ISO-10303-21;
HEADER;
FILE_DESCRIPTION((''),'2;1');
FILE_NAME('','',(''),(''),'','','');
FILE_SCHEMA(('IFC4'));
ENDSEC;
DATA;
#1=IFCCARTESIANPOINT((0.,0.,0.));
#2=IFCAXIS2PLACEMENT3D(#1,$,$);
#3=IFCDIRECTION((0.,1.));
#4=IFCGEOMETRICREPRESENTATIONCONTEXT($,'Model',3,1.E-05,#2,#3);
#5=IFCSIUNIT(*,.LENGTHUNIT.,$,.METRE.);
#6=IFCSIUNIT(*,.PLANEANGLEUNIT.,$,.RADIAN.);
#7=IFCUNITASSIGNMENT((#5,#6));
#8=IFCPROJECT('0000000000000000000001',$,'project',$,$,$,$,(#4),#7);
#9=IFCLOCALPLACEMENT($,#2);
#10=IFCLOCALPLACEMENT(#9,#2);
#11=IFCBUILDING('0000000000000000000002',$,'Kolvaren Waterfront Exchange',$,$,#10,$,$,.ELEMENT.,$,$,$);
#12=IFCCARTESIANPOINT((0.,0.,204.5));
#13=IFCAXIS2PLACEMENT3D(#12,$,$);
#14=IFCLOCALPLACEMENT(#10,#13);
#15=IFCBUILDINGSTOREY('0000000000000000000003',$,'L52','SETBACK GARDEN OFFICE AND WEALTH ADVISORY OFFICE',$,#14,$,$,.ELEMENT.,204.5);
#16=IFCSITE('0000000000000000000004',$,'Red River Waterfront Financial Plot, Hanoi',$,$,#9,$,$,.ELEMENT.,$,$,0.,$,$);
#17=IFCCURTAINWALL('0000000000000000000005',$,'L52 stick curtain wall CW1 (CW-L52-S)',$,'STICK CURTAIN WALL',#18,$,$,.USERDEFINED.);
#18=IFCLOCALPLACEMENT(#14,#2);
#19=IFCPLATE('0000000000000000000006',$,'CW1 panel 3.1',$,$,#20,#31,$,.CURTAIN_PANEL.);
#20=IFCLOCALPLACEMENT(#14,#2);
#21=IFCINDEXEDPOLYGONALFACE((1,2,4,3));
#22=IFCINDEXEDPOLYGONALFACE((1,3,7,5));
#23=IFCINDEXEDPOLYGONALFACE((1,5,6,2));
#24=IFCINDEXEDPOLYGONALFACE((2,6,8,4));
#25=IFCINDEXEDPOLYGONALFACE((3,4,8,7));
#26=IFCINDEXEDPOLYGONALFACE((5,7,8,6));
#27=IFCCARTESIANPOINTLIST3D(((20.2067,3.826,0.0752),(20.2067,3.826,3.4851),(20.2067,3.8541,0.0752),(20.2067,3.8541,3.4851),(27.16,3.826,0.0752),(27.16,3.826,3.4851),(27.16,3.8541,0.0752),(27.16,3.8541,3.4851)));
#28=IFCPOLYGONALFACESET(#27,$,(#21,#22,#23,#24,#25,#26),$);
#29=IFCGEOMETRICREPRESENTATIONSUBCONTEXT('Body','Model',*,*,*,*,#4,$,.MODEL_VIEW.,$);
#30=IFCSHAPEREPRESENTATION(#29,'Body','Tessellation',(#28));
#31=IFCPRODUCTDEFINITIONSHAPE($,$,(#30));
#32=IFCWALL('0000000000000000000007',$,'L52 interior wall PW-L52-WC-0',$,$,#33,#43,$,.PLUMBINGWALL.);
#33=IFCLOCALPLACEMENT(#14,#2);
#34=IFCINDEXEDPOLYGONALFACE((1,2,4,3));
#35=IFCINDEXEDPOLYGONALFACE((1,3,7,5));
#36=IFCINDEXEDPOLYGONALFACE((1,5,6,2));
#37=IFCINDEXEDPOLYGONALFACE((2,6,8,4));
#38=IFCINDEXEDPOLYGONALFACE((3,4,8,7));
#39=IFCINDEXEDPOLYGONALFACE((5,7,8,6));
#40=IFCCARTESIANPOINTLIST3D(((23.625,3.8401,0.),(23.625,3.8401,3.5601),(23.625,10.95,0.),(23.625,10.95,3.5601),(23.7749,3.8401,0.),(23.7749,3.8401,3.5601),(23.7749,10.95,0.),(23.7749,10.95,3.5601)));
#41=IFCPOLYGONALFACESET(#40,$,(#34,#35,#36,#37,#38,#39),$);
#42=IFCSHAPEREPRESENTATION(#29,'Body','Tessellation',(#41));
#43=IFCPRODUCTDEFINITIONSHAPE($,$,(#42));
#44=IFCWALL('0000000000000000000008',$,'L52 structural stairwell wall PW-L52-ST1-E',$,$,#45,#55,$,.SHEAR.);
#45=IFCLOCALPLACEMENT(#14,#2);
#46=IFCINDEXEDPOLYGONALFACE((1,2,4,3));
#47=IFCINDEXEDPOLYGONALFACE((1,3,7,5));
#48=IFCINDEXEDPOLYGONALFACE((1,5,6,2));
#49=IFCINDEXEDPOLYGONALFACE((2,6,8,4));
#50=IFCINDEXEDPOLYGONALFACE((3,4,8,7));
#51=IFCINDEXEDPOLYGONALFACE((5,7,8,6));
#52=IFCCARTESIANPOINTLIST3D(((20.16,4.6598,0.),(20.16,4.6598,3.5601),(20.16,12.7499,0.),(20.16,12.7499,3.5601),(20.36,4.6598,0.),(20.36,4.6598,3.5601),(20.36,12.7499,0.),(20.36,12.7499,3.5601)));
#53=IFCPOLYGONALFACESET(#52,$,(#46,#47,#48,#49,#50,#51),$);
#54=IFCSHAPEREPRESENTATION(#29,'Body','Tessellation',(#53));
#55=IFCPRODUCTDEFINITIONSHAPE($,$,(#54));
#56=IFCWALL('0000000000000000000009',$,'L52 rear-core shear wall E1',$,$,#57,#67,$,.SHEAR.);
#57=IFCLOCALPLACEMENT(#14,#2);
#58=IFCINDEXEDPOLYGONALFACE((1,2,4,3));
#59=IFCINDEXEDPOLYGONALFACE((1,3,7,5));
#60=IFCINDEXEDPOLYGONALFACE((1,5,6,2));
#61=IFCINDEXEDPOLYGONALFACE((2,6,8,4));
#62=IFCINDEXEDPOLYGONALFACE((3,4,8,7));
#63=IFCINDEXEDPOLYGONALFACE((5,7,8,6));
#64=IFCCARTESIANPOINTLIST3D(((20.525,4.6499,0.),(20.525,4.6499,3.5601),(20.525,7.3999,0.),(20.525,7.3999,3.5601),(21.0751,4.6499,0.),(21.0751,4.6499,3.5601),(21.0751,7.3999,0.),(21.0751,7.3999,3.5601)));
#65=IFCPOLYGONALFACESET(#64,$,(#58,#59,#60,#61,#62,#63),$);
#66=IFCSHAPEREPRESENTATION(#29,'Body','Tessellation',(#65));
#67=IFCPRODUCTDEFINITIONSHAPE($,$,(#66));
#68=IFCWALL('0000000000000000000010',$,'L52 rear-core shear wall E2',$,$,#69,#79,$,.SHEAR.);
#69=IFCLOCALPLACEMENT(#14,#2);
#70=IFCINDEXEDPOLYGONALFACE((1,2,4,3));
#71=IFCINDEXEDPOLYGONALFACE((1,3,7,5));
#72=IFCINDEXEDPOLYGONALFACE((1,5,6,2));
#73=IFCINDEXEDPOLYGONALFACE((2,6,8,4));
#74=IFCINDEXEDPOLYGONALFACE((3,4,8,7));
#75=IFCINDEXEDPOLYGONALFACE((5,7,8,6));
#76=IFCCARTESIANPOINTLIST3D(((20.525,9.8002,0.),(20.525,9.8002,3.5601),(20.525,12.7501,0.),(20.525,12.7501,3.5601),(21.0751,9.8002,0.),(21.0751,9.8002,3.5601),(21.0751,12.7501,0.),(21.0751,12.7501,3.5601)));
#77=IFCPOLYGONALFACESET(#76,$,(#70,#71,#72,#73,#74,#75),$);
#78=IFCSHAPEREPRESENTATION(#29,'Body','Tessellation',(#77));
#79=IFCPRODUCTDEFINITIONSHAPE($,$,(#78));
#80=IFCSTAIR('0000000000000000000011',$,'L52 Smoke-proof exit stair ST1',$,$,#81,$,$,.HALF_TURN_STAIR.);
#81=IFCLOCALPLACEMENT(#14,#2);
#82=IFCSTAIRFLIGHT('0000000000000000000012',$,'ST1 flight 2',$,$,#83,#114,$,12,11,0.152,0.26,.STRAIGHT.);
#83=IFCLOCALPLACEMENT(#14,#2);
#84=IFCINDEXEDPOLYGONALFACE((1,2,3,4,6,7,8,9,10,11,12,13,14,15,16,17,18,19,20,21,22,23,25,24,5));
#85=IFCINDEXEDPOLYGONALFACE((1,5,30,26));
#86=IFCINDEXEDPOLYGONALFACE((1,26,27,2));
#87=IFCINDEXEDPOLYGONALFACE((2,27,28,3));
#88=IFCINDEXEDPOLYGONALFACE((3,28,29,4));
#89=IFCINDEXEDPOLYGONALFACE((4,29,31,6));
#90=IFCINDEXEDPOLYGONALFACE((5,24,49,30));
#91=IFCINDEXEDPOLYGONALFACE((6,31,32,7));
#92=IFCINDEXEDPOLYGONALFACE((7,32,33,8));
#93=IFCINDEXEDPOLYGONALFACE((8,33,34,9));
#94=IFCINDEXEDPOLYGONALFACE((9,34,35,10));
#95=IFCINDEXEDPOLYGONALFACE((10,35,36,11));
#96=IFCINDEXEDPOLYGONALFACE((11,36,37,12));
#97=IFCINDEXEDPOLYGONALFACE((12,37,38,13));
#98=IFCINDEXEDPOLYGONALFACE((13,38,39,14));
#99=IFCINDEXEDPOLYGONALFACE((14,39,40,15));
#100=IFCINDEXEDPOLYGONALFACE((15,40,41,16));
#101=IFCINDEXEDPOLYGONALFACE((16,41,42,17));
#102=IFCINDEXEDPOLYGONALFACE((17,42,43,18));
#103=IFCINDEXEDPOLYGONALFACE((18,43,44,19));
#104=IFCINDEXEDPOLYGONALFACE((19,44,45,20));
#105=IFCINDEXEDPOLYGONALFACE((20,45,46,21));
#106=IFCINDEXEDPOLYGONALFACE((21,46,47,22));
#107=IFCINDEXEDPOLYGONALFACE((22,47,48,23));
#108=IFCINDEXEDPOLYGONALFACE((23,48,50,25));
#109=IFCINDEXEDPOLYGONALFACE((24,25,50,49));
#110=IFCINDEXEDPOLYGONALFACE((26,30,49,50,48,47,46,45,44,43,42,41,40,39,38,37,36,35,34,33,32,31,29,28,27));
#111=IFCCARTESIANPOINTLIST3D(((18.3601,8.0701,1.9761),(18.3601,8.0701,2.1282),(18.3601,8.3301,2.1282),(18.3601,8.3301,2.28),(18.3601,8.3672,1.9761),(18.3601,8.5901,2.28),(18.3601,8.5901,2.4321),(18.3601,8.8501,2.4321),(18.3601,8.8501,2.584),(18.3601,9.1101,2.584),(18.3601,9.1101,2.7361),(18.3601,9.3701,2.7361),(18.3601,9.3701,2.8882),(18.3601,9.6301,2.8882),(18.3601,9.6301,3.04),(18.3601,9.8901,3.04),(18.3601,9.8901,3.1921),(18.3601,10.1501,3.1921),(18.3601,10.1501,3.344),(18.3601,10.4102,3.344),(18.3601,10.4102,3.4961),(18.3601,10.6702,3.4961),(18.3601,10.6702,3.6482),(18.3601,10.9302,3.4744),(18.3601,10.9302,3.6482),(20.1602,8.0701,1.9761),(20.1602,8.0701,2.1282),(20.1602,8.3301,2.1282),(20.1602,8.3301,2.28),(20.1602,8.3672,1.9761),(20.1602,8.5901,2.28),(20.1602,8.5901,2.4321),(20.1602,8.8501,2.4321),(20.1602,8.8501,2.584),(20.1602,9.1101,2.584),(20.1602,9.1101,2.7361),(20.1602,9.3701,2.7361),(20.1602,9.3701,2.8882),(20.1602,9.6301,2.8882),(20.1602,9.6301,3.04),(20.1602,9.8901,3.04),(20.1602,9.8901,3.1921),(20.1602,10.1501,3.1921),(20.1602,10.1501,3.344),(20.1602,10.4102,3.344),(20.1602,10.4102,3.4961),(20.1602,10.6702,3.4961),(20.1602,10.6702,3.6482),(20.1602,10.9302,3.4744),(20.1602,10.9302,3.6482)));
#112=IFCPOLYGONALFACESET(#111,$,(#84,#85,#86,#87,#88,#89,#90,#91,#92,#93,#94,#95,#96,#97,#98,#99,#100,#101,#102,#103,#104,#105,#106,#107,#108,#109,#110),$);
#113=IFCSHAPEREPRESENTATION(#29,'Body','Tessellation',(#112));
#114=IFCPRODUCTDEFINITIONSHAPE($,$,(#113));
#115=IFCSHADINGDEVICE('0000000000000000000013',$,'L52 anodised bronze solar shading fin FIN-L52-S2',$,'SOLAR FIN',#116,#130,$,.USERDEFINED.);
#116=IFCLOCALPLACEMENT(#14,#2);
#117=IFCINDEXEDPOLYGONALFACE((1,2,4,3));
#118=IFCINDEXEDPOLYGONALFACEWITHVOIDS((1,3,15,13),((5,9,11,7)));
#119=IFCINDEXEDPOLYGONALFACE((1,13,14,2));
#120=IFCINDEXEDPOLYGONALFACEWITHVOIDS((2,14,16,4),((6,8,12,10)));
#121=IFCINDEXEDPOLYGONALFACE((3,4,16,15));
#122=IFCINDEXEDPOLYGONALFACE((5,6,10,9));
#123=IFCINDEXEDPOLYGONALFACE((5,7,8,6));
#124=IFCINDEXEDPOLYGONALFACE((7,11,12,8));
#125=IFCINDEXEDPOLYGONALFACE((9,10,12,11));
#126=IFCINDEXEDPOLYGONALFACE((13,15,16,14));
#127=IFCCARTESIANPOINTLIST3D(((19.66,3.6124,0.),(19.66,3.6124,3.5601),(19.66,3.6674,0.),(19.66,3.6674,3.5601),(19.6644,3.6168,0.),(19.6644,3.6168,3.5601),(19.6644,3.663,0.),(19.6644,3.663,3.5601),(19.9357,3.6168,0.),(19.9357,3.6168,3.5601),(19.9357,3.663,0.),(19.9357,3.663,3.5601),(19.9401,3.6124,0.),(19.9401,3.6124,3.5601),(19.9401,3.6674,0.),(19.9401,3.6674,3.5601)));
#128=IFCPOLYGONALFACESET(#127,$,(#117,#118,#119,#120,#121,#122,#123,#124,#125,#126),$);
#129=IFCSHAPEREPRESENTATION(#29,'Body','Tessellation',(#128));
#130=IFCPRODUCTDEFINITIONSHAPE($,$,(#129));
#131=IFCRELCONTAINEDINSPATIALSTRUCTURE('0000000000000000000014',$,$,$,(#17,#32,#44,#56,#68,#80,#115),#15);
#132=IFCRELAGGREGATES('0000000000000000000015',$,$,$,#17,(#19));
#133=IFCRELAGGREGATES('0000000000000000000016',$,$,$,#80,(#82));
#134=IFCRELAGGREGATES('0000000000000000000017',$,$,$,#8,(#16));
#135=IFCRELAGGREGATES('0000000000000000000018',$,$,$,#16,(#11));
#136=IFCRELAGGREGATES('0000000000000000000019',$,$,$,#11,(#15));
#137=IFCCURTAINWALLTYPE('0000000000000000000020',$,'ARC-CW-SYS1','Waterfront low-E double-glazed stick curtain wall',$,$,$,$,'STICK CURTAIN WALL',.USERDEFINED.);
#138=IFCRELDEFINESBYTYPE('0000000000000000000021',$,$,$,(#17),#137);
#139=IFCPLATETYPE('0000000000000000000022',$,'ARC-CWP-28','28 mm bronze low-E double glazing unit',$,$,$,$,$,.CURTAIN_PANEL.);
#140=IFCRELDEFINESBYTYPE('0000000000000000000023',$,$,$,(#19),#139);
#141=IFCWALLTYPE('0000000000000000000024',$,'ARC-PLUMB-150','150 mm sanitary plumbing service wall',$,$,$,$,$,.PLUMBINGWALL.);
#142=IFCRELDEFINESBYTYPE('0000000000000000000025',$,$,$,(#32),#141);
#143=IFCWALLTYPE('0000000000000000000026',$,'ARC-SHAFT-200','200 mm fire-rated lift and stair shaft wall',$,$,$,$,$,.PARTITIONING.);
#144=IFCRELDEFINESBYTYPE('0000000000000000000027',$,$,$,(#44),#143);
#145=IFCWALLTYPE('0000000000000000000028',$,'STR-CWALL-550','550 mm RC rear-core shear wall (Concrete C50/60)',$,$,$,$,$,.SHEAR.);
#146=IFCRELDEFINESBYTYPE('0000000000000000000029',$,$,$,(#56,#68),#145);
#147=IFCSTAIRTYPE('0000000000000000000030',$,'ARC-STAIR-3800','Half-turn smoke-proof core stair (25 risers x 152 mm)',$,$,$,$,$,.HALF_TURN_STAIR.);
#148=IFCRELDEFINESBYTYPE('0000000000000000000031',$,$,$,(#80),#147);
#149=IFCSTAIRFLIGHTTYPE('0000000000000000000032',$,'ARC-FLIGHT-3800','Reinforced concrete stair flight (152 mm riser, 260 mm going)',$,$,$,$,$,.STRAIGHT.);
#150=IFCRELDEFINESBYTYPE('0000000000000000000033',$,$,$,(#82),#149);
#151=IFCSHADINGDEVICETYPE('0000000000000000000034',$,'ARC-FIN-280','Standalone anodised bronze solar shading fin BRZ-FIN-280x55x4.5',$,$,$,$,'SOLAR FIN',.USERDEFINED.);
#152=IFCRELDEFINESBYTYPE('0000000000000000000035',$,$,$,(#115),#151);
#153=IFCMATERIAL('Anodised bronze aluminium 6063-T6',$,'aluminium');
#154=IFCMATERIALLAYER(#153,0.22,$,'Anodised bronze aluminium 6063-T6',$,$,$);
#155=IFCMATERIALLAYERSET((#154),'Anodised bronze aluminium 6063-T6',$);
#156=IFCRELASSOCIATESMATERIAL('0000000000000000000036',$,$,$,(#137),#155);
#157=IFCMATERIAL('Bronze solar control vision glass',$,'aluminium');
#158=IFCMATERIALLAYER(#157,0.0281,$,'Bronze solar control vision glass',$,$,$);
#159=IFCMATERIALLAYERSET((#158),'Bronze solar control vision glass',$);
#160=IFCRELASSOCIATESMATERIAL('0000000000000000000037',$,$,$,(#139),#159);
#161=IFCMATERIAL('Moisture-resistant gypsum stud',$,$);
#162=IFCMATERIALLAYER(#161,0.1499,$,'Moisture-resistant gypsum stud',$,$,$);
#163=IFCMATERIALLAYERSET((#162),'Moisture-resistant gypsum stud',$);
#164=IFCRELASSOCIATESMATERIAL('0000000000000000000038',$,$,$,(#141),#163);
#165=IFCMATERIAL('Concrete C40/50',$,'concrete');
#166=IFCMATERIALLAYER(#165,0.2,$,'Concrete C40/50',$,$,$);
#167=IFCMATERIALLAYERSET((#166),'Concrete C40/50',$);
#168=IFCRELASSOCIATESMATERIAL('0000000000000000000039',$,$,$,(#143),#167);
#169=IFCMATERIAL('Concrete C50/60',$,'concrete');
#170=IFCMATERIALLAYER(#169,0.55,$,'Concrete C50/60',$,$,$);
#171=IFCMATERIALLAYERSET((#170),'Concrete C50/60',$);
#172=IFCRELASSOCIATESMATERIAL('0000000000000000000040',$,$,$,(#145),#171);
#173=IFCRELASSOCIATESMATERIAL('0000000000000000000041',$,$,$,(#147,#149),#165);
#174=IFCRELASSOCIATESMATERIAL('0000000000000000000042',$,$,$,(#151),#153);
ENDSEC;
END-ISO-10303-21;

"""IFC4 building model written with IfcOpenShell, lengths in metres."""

from ifc_helpers import new_model, si_unit, direction, frame, frame_2d, origin, origin_with_axes, origin_2d, place, context, subcontext, project, spatial, polyline, rectangle, hollow_rectangle, outline, extrude, source, transform, mapped, material, layer, layer_set, material_profile, profile_set, type_object, element, aggregate, save


model = new_model("IFC4")

# Units and contexts
model_context = context("Model", 3, precision=1e-05, world=origin(), true_north=direction((0.0, 1.0)))
body_context = subcontext(model_context, "Body", "Model", "MODEL_VIEW")
ifc_project = project(units=[si_unit("LENGTHUNIT", "METRE"), si_unit("PLANEANGLEUNIT", "RADIAN")], contexts=[model_context])

# Site, building, storey
site_placement = place(None, origin())
site = spatial("IfcSite", under=ifc_project, at=site_placement, Name="Red River Waterfront Financial Plot, Hanoi", CompositionType="ELEMENT", RefElevation=0.0)
building_placement = place(site_placement, origin())
building = spatial("IfcBuilding", under=site, at=building_placement, Name="Kolvaren Waterfront Exchange", CompositionType="ELEMENT")
storey_placement = place(building_placement, frame((0.0, 0.0, 204.5)))
storey = spatial("IfcBuildingStorey", under=building, at=storey_placement, Name="L52", Description="SETBACK GARDEN OFFICE AND WEALTH ADVISORY OFFICE", CompositionType="ELEMENT", Elevation=204.5)

# Shared definitions
ifc_material_1 = material(Name="Concrete C50/60", Category="concrete")

# Curtain wall, plate
ifc_material_2 = material(Name="Anodised bronze aluminium 6063-T6", Category="aluminium")
ifc_layer_1 = layer(ifc_material_2, 0.22, Name="Anodised bronze aluminium 6063-T6")
ifc_layer_set_1 = layer_set([ifc_layer_1], Name="Anodised bronze aluminium 6063-T6")
curtain_wall_type = type_object("IfcCurtainWallType", Name="ARC-CW-SYS1", Description="Waterfront low-E double-glazed stick curtain wall", ElementType="STICK CURTAIN WALL", PredefinedType="USERDEFINED", material=ifc_layer_set_1)
curtain_wall_placement = place(storey_placement, origin())
curtain_wall = element("IfcCurtainWall", 1, at=curtain_wall_placement, inside=storey, type_object=curtain_wall_type, Name="L52 stick curtain wall CW1 (CW-L52-S)", ObjectType="STICK CURTAIN WALL", PredefinedType="USERDEFINED")
ifc_material_3 = material(Name="Bronze solar control vision glass", Category="aluminium")
ifc_layer_2 = layer(ifc_material_3, 0.0281, Name="Bronze solar control vision glass")
ifc_layer_set_2 = layer_set([ifc_layer_2], Name="Bronze solar control vision glass")
plate_type = type_object("IfcPlateType", Name="ARC-CWP-28", Description="28 mm bronze low-E double glazing unit", PredefinedType="CURTAIN_PANEL", material=ifc_layer_set_2)
shared_shape_1 = source(origin_with_axes(), body_context, "Body", "SweptSolid", [
    extrude(rectangle(XDim=6.9534, YDim=0.0281, at=origin_2d()), origin(), (0.0, 0.0, 1.0), 3.4099),
])
plate_placement = place(storey_placement, frame((23.6833, 3.8401, 0.0752), z_axis=(0.0, 0.0, 1.0), x_axis=(1.0, 0.0, 0.0)))
plate = element("IfcPlate", 2, at=plate_placement, type_object=plate_type, Name="CW1 panel 3.1", PredefinedType="CURTAIN_PANEL", context=body_context, shape_type="MappedRepresentation", body=[
    mapped(shared_shape_1, transform((0.0, 0.0, 0.0), x_axis=(1.0, 0.0, 0.0), y_axis=(0.0, 1.0, 0.0), z_axis=(0.0, 0.0, 1.0), scale=1.0)),
])
aggregate(curtain_wall, [plate])

# Wall
ifc_material_4 = material(Name="Moisture-resistant gypsum stud")
ifc_layer_3 = layer(ifc_material_4, 0.1499, Name="Moisture-resistant gypsum stud")
ifc_layer_set_3 = layer_set([ifc_layer_3], Name="Moisture-resistant gypsum stud")
wall_type_1 = type_object("IfcWallType", Name="ARC-PLUMB-150", Description="150 mm sanitary plumbing service wall", PredefinedType="PLUMBINGWALL", material=ifc_layer_set_3)
wall_1_placement = place(storey_placement, frame((23.7, 3.8401, 0.0), z_axis=(0.0, 0.0, 1.0), x_axis=(0.0, 1.0, 0.0)))
element("IfcWall", 3, at=wall_1_placement, inside=storey, type_object=wall_type_1, Name="L52 interior wall PW-L52-WC-0", PredefinedType="PLUMBINGWALL", context=body_context, shape_type="SweptSolid", body=[
    extrude(rectangle(XDim=7.1099, YDim=0.1499, at=frame_2d((3.5549, 0.0))), origin(), (0.0, 0.0, 1.0), 3.5601),
])

# Walls
ifc_material_5 = material(Name="Concrete C40/50", Category="concrete")
ifc_layer_4 = layer(ifc_material_5, 0.2, Name="Concrete C40/50")
ifc_layer_set_4 = layer_set([ifc_layer_4], Name="Concrete C40/50")
wall_type_2 = type_object("IfcWallType", Name="ARC-SHAFT-200", Description="200 mm fire-rated lift and stair shaft wall", PredefinedType="PARTITIONING", material=ifc_layer_set_4)
wall_2_placement = place(storey_placement, frame((20.26, 4.6599, 0.0), z_axis=(0.0, 0.0, 1.0), x_axis=(0.0, 1.0, 0.0)))
element("IfcWall", 4, at=wall_2_placement, inside=storey, type_object=wall_type_2, Name="L52 structural stairwell wall PW-L52-ST1-E", PredefinedType="SHEAR", context=body_context, shape_type="SweptSolid", body=[
    extrude(rectangle(XDim=8.0901, YDim=0.2, at=frame_2d((4.0449, 0.0))), origin(), (0.0, 0.0, 1.0), 3.5601),
])
ifc_layer_5 = layer(ifc_material_1, 0.55, Name="Concrete C50/60")
ifc_layer_set_5 = layer_set([ifc_layer_5], Name="Concrete C50/60")
wall_type_3 = type_object("IfcWallType", Name="STR-CWALL-550", Description="550 mm RC rear-core shear wall (Concrete C50/60)", PredefinedType="SHEAR", material=ifc_layer_set_5)
wall_3_placement = place(storey_placement, frame((20.8, 4.6499, 0.0), z_axis=(0.0, 0.0, 1.0), x_axis=(0.0, 1.0, 0.0)))
element("IfcWall", 5, at=wall_3_placement, inside=storey, type_object=wall_type_3, Name="L52 rear-core shear wall E1", PredefinedType="SHEAR", context=body_context, shape_type="SweptSolid", body=[
    extrude(rectangle(XDim=2.75, YDim=0.55, at=frame_2d((1.375, 0.0))), origin(), (0.0, 0.0, 1.0), 3.5601),
])
wall_4_placement = place(storey_placement, frame((20.8, 9.8, 0.0), z_axis=(0.0, 0.0, 1.0), x_axis=(0.0, 1.0, 0.0)))
element("IfcWall", 6, at=wall_4_placement, inside=storey, type_object=wall_type_3, Name="L52 rear-core shear wall E2", PredefinedType="SHEAR", context=body_context, shape_type="SweptSolid", body=[
    extrude(rectangle(XDim=2.95, YDim=0.55, at=frame_2d((1.4751, 0.0))), origin(), (0.0, 0.0, 1.0), 3.5601),
])

# Stair, stair flight
stair_type = type_object("IfcStairType", Name="ARC-STAIR-3800", Description="Half-turn smoke-proof core stair (25 risers x 152 mm)", PredefinedType="HALF_TURN_STAIR", material=ifc_material_5)
stair_placement = place(storey_placement, origin())
stair = element("IfcStair", 7, at=stair_placement, inside=storey, type_object=stair_type, Name="L52 Smoke-proof exit stair ST1", PredefinedType="HALF_TURN_STAIR")
stair_flight_type = type_object("IfcStairFlightType", Name="ARC-FLIGHT-3800", Description="Reinforced concrete stair flight (152 mm riser, 260 mm going)", PredefinedType="STRAIGHT", material=ifc_material_5)
stair_flight_placement = place(storey_placement, frame((19.26, 8.0701, 1.9761), z_axis=(0.0, 0.0, 1.0), x_axis=(0.0, 1.0, 0.0)))
stair_flight = element("IfcStairFlight", 8, at=stair_flight_placement, type_object=stair_flight_type, Name="ST1 flight 2", NumberOfRisers=12, NumberOfTreads=11, PredefinedType="STRAIGHT", RiserHeight=0.152, TreadLength=0.26, context=body_context, shape_type="SweptSolid", body=[
    extrude(outline(polyline([(0.0, 0.0), (0.0, 0.1521), (0.26, 0.1521), (0.26, 0.304), (0.52, 0.304), (0.52, 0.4561), (0.78, 0.4561), (0.78, 0.6079), (1.04, 0.6079), (1.04, 0.76), (1.3, 0.76), (1.3, 0.9121), (1.5601, 0.9121), (1.5601, 1.064), (1.8201, 1.064), (1.8201, 1.2161), (2.0801, 1.2161), (2.0801, 1.3679), (2.3401, 1.3679), (2.3401, 1.52), (2.6001, 1.52), (2.6001, 1.6721), (2.8601, 1.6721), (2.8601, 1.824), (2.8601, 1.4983), (0.2971, 0.0), (0.0, 0.0)])), frame((0.0, 0.8999, 0.0), z_axis=(0.0, -1.0, 0.0), x_axis=(1.0, 0.0, 0.0)), (0.0, 0.0, 1.0), 1.8),
])
aggregate(stair, [stair_flight])

# Shading device
ifc_material_profile_1 = material_profile(ifc_material_2, hollow_rectangle(XDim=0.0549, YDim=0.28, WallThickness=0.0044, at=origin_2d()), Name="BRZ-FIN-280x55x4.5")
ifc_profile_set_1 = profile_set([ifc_material_profile_1], Name="Anodised bronze aluminium 6063-T6")
shading_device_type = type_object("IfcShadingDeviceType", Name="ARC-FIN-280", Description="Standalone anodised bronze solar shading fin BRZ-FIN-280x55x4.5", ElementType="SOLAR FIN", PredefinedType="USERDEFINED", material=ifc_profile_set_1)
shading_device_placement = place(storey_placement, frame((19.8, 3.6399, 0.0), z_axis=(0.0, 0.0, 1.0), x_axis=(0.0, -1.0, 0.0)))
element("IfcShadingDevice", 9, at=shading_device_placement, inside=storey, type_object=shading_device_type, Name="L52 anodised bronze solar shading fin FIN-L52-S2", ObjectType="SOLAR FIN", PredefinedType="USERDEFINED", context=body_context, shape_type="SweptSolid", body=[
    extrude(hollow_rectangle(XDim=0.0549, YDim=0.28, WallThickness=0.0044, at=origin_2d()), origin(), (0.0, 0.0, 1.0), 3.5601),
])

save(model, "model.ifc")
